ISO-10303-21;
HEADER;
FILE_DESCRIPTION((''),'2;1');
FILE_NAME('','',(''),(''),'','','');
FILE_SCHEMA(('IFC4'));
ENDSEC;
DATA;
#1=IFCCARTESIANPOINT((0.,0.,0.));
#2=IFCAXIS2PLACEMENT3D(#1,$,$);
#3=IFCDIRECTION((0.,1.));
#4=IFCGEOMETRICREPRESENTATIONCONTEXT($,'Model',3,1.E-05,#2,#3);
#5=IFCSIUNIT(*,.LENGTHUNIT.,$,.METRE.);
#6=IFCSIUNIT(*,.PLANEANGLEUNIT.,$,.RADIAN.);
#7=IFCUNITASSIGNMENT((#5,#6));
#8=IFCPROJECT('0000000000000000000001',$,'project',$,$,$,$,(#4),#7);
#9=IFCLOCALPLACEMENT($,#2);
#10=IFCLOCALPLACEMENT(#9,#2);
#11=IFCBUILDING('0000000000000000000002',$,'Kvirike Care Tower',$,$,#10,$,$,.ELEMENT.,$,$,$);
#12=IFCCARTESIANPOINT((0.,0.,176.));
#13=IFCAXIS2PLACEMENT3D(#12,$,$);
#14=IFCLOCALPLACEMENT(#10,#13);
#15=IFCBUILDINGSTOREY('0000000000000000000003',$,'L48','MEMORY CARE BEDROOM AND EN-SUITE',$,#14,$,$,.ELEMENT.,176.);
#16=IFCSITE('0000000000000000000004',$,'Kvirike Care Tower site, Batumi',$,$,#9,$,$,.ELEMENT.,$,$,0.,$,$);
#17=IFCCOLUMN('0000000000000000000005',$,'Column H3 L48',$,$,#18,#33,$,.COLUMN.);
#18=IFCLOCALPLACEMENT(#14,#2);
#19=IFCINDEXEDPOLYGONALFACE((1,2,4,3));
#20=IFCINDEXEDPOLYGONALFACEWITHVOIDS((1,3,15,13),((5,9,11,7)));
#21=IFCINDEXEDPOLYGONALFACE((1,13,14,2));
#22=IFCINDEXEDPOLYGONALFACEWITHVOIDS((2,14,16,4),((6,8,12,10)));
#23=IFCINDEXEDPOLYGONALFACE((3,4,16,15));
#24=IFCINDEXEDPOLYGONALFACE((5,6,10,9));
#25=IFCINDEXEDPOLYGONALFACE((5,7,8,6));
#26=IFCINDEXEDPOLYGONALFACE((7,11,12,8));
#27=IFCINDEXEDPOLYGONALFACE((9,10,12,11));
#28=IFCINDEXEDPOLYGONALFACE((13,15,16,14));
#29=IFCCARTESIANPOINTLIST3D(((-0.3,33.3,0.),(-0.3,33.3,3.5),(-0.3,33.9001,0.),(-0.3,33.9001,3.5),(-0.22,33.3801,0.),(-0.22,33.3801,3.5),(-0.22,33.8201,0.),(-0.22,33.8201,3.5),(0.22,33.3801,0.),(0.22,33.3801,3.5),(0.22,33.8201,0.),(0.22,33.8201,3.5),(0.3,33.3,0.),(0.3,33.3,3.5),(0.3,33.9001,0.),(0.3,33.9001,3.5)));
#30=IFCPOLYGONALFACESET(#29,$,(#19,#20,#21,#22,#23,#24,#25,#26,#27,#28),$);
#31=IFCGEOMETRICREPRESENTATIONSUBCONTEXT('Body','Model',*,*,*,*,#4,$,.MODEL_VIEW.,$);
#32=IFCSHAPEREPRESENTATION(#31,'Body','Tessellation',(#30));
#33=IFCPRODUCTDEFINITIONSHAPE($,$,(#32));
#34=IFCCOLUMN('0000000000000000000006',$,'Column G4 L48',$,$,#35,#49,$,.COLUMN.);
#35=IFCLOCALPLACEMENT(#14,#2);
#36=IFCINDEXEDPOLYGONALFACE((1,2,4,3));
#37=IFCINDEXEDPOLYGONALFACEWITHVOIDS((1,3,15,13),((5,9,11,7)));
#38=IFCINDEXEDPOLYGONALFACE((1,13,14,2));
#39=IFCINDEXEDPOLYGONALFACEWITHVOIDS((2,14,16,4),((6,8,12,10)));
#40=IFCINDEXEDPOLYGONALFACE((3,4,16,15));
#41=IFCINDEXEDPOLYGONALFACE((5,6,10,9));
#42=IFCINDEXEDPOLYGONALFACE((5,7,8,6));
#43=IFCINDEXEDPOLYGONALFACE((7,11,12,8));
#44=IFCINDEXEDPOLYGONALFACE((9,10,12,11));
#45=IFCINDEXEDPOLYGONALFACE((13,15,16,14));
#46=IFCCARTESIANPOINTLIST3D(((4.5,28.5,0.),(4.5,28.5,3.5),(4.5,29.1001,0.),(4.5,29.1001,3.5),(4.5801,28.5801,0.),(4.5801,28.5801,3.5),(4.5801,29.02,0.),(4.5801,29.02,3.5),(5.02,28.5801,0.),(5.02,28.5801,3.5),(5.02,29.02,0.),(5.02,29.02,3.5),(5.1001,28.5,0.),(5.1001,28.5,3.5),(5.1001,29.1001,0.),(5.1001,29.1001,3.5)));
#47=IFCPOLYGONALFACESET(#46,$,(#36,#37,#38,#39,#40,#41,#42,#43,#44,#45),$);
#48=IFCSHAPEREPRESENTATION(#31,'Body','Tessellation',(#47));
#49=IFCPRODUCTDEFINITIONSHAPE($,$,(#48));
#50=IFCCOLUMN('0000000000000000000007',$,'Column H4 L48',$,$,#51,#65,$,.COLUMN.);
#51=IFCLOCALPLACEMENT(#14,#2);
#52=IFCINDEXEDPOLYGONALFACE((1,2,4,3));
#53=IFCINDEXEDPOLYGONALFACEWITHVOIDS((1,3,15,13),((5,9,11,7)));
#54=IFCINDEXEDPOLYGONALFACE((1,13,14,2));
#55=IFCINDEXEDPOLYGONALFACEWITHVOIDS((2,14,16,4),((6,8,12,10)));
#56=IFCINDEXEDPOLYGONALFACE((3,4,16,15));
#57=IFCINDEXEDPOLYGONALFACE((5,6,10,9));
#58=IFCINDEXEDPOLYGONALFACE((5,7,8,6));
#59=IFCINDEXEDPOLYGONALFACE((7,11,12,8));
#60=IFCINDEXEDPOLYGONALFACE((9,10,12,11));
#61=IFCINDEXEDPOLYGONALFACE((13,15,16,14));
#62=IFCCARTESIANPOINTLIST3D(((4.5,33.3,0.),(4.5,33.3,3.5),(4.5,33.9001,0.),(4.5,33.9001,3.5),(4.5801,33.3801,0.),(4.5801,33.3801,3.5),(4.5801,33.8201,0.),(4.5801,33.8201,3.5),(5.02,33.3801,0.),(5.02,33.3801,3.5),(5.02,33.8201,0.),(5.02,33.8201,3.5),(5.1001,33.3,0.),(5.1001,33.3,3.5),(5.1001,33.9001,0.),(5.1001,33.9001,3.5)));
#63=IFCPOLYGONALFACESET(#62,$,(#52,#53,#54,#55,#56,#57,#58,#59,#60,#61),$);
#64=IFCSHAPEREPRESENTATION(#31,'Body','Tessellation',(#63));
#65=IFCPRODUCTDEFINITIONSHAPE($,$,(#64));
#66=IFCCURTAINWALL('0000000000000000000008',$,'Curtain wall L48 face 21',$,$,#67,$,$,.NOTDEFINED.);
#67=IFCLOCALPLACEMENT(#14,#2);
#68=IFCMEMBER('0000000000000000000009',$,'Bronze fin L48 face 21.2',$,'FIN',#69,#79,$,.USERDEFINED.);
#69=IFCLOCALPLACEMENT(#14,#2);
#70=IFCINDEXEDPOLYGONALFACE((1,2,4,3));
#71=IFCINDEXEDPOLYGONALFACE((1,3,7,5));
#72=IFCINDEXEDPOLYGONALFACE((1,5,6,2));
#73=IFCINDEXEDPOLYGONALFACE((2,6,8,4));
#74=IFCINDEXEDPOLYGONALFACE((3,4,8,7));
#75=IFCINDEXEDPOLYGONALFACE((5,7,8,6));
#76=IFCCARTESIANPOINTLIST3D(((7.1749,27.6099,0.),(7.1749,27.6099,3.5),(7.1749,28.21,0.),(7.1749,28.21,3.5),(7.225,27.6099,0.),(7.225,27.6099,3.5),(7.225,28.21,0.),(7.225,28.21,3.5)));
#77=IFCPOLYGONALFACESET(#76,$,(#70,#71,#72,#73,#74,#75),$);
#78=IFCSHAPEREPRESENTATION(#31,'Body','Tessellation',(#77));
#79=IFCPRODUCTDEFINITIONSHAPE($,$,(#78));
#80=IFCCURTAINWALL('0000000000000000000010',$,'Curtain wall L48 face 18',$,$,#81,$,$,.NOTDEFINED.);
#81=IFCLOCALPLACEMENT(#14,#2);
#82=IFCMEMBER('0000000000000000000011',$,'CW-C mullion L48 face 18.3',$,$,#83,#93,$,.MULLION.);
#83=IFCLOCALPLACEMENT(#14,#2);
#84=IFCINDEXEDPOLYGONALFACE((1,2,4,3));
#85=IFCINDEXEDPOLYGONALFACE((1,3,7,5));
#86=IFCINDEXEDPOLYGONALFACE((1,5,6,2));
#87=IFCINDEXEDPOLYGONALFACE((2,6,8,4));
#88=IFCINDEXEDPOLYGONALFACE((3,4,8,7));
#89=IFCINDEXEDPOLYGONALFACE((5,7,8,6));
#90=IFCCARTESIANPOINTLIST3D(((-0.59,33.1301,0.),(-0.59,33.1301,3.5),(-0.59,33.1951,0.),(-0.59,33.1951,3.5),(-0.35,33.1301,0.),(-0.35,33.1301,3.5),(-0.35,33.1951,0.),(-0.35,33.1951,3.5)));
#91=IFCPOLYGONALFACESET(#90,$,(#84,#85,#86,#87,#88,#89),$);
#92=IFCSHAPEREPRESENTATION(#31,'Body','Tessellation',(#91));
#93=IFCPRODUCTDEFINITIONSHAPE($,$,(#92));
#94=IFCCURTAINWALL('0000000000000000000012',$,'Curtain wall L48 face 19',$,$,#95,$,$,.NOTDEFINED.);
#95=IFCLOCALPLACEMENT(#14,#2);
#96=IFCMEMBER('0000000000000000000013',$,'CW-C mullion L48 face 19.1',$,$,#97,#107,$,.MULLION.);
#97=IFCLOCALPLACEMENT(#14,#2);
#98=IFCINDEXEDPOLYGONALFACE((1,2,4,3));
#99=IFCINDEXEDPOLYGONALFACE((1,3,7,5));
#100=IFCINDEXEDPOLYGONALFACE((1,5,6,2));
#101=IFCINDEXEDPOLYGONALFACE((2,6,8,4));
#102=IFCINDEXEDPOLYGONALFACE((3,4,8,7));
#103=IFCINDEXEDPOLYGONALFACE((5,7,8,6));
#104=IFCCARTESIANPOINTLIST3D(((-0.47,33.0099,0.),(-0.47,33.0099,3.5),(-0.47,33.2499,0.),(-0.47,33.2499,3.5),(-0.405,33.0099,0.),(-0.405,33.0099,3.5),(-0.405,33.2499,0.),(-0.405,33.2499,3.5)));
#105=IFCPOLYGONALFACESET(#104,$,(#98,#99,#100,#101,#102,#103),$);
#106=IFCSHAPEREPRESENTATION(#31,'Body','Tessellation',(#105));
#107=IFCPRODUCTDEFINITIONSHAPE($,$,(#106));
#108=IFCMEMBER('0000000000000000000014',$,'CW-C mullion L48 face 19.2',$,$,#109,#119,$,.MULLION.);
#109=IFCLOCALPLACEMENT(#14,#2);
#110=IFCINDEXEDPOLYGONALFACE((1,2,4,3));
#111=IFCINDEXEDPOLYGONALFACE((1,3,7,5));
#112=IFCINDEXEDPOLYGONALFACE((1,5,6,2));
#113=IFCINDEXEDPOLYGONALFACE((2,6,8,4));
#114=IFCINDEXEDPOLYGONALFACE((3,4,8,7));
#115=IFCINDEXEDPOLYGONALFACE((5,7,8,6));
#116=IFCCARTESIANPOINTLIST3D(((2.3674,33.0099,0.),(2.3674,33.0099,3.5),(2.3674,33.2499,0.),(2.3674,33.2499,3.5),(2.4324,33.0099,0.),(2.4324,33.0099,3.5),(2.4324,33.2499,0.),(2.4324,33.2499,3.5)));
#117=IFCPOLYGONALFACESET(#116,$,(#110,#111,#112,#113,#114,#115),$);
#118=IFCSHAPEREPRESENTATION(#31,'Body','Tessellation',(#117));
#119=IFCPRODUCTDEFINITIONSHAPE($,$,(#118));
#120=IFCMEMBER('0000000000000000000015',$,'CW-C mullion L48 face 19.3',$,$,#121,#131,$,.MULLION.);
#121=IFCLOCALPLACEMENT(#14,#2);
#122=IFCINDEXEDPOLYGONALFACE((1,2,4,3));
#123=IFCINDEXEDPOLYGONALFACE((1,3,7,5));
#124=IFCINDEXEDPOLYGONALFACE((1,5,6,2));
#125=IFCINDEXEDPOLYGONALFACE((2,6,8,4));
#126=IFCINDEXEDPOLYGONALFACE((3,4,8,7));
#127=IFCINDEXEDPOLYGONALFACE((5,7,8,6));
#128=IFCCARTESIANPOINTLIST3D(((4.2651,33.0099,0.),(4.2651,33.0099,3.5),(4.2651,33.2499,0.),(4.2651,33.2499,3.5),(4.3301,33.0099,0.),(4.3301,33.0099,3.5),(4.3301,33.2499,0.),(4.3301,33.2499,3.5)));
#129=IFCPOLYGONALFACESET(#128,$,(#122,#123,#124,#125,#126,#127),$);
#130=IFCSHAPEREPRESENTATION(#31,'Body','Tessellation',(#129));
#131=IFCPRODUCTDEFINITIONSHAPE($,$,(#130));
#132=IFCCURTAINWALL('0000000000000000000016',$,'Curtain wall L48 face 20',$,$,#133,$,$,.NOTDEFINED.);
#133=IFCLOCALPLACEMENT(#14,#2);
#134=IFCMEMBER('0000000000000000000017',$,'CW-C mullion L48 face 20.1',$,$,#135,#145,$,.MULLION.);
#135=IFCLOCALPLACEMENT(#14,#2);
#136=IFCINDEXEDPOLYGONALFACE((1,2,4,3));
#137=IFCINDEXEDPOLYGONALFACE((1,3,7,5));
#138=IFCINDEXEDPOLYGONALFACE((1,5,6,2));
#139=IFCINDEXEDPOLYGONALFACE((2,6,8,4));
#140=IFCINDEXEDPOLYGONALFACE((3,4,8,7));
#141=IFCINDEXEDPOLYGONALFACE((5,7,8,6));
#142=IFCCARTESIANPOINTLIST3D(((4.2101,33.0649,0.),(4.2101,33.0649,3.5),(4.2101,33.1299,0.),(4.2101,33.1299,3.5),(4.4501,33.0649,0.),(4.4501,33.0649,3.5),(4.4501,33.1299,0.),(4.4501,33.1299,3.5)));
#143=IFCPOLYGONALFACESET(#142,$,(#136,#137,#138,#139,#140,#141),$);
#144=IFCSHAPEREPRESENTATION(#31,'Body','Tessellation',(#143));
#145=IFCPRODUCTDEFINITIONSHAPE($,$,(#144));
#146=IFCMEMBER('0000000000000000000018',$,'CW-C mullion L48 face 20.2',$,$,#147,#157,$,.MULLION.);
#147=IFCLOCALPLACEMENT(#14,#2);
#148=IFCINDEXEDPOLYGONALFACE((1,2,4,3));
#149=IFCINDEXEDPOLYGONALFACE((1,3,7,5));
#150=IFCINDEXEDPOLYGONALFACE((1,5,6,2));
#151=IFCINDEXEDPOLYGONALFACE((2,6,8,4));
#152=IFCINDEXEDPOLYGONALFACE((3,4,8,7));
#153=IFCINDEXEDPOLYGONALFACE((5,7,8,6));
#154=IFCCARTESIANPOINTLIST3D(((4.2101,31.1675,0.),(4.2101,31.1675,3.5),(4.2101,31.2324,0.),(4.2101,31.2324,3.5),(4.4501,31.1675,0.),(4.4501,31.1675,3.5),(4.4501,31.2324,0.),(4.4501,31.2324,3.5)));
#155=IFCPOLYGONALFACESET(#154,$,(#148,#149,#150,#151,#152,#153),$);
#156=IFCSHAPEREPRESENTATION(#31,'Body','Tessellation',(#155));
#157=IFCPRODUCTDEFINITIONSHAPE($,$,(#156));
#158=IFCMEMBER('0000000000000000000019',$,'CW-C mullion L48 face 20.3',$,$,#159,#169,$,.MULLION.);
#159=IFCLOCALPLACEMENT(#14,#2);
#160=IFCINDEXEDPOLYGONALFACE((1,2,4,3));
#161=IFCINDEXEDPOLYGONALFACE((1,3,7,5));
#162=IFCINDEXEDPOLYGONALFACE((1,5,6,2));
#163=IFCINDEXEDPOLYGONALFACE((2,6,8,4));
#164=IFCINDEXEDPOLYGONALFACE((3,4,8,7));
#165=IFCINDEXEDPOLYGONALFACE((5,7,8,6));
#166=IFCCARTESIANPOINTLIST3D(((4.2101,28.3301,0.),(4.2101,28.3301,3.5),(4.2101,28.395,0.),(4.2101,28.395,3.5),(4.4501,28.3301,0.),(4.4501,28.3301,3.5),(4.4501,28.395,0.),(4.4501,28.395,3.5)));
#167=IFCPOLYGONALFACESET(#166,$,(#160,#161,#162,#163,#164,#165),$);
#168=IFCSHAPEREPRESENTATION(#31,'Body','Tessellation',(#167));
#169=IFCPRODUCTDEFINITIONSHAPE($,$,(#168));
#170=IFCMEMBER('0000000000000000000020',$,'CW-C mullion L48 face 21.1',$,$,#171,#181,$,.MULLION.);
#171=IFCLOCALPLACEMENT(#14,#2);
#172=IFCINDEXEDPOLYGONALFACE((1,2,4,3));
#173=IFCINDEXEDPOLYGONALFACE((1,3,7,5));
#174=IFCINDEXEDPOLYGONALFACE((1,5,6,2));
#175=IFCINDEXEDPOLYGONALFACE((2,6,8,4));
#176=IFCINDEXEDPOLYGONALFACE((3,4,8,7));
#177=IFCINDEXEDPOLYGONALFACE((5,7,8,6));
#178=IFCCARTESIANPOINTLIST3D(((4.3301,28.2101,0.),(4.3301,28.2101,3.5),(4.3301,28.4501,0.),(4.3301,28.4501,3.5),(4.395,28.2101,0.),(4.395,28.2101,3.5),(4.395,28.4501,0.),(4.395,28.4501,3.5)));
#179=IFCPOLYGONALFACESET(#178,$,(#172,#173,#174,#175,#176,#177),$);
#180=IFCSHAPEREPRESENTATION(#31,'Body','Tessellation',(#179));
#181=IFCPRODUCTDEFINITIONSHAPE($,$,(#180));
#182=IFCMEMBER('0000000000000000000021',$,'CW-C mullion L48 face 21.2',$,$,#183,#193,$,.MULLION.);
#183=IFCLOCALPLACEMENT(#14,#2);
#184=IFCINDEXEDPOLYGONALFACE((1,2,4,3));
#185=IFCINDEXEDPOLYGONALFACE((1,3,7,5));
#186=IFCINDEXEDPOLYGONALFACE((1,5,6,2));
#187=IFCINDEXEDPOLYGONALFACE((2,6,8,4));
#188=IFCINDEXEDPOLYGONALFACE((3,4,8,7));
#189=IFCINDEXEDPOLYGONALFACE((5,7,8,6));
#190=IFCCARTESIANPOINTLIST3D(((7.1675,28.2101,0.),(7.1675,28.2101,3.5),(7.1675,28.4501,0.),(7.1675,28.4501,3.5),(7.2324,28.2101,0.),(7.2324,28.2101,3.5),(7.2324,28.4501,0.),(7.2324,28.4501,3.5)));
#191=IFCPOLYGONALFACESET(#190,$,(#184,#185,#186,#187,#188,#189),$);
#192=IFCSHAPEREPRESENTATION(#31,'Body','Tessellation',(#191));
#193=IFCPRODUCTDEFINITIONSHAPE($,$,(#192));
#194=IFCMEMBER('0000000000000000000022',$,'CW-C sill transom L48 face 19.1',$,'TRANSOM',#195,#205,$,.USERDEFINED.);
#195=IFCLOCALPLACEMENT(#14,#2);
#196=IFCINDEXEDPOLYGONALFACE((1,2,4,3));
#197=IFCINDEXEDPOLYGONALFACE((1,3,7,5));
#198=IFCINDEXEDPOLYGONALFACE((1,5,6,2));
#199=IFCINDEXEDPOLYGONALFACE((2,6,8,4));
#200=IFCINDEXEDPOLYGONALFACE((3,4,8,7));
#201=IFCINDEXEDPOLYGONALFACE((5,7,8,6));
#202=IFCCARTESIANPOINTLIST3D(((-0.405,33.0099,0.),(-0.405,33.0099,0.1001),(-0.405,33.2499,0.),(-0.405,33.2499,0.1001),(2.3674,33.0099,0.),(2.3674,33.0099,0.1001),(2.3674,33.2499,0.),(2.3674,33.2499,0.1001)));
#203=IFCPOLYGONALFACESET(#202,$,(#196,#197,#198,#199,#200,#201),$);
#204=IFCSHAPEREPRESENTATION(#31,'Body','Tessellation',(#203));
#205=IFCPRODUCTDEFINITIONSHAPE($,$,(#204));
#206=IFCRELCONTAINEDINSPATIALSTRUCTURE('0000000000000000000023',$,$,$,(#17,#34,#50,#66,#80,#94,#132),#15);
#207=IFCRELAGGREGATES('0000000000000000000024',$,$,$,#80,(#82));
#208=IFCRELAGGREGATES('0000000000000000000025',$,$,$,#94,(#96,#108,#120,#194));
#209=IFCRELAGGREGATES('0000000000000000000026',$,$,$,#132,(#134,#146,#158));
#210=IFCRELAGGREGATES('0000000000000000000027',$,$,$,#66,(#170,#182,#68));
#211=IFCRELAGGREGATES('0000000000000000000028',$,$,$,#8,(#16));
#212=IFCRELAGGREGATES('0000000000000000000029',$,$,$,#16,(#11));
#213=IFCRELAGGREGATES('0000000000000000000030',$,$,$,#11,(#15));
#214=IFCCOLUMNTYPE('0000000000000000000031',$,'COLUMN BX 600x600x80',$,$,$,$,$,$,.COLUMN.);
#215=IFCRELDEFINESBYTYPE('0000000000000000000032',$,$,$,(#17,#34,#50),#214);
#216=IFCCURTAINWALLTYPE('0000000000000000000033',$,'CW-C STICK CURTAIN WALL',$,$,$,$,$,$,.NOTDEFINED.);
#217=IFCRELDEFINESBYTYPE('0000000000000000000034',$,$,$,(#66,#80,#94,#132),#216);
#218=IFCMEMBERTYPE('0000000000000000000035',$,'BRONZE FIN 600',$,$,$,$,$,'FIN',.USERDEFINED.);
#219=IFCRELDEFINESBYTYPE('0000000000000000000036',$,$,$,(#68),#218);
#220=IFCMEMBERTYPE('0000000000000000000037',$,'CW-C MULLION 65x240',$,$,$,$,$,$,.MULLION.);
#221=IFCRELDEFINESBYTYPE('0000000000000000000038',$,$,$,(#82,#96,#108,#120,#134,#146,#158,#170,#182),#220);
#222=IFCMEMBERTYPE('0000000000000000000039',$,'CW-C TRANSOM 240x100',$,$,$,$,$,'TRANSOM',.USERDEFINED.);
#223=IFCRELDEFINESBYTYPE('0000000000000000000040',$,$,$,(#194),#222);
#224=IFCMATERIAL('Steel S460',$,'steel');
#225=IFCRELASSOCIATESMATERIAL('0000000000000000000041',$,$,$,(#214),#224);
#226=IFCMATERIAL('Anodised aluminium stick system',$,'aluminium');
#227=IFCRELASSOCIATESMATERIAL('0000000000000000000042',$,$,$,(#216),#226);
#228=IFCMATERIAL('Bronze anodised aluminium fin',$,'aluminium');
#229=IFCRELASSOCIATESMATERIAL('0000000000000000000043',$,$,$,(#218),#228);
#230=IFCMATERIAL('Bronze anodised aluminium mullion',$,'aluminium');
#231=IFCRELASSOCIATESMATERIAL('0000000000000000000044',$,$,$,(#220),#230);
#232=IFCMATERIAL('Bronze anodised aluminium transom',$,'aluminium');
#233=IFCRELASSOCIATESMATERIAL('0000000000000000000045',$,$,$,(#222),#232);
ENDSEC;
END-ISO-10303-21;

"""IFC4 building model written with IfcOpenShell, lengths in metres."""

from ifc_helpers import new_model, si_unit, direction, frame, origin, origin_2d, place, context, subcontext, project, spatial, rectangle, hollow_rectangle, extrude, material, material_profile, profile_set, type_object, element, aggregate, save


model = new_model("IFC4")

# Units and contexts
model_context = context("Model", 3, precision=1e-05, world=origin(), true_north=direction((0.0, 1.0)))
body_context = subcontext(model_context, "Body", "Model", "MODEL_VIEW")
ifc_project = project(units=[si_unit("LENGTHUNIT", "METRE"), si_unit("PLANEANGLEUNIT", "RADIAN")], contexts=[model_context])

# Site, building, storey
site_placement = place(None, origin())
site = spatial("IfcSite", under=ifc_project, at=site_placement, Name="Kvirike Care Tower site, Batumi", CompositionType="ELEMENT", RefElevation=0.0)
building_placement = place(site_placement, origin())
building = spatial("IfcBuilding", under=site, at=building_placement, Name="Kvirike Care Tower", CompositionType="ELEMENT")
storey_placement = place(building_placement, frame((0.0, 0.0, 176.0)))
storey = spatial("IfcBuildingStorey", under=building, at=storey_placement, Name="L48", Description="MEMORY CARE BEDROOM AND EN-SUITE", CompositionType="ELEMENT", Elevation=176.0)

# Columns
ifc_material_1 = material(Name="Steel S460", Category="steel")
ifc_material_profile_1 = material_profile(ifc_material_1, hollow_rectangle(XDim=0.6001, YDim=0.6001, WallThickness=0.0801, at=origin_2d()), Name="BX 600x600x80")
ifc_profile_set_1 = profile_set([ifc_material_profile_1], Name="Steel S460")
column_type = type_object("IfcColumnType", Name="COLUMN BX 600x600x80", PredefinedType="COLUMN", material=ifc_profile_set_1)
for number, where, z_axis, x_axis, name in (
    (1, (0.0, 33.6001, 0.0), (0.0, 0.0, 1.0), (0.0, 1.0, 0.0), "Column H3 L48"),
    (2, (4.8, 28.8, 0.0), (0.0, 0.0, 1.0), (0.0, 1.0, 0.0), "Column G4 L48"),
    (3, (4.8, 33.6001, 0.0), (0.0, 0.0, 1.0), (0.0, 1.0, 0.0), "Column H4 L48"),
):
    element("IfcColumn", number, at=place(storey_placement, frame(where, z_axis=z_axis, x_axis=x_axis)), inside=storey, type_object=column_type, Name=name, PredefinedType="COLUMN", context=body_context, shape_type="SweptSolid", body=[
        extrude(hollow_rectangle(XDim=0.6001, YDim=0.6001, WallThickness=0.0801, at=origin_2d()), origin(), (0.0, 0.0, 1.0), 3.5),
    ])

# Curtain walls, members
ifc_material_2 = material(Name="Anodised aluminium stick system", Category="aluminium")
curtain_wall_type = type_object("IfcCurtainWallType", Name="CW-C STICK CURTAIN WALL", PredefinedType="NOTDEFINED", material=ifc_material_2)
curtain_wall_1_placement = place(storey_placement, origin())
curtain_wall_1 = element("IfcCurtainWall", 4, at=curtain_wall_1_placement, inside=storey, type_object=curtain_wall_type, Name="Curtain wall L48 face 21", PredefinedType="NOTDEFINED")
ifc_material_3 = material(Name="Bronze anodised aluminium fin", Category="aluminium")
ifc_material_profile_2 = material_profile(ifc_material_3, rectangle(XDim=0.05, YDim=0.6001, at=origin_2d()), Name="BRONZE FIN 600")
ifc_profile_set_2 = profile_set([ifc_material_profile_2], Name="Bronze anodised aluminium fin")
member_type_1 = type_object("IfcMemberType", Name="BRONZE FIN 600", ElementType="FIN", PredefinedType="USERDEFINED", material=ifc_profile_set_2)
member_1_placement = place(storey_placement, frame((7.2, 27.9099, 0.0), z_axis=(0.0, 0.0, 1.0), x_axis=(1.0, 0.0, 0.0)))
member_1 = element("IfcMember", 5, at=member_1_placement, type_object=member_type_1, Name="Bronze fin L48 face 21.2", ObjectType="FIN", PredefinedType="USERDEFINED", context=body_context, shape_type="SweptSolid", body=[
    extrude(rectangle(XDim=0.05, YDim=0.6001, at=origin_2d()), origin(), (0.0, 0.0, 1.0), 3.5),
])
curtain_wall_2_placement = place(storey_placement, origin())
curtain_wall_2 = element("IfcCurtainWall", 6, at=curtain_wall_2_placement, inside=storey, type_object=curtain_wall_type, Name="Curtain wall L48 face 18", PredefinedType="NOTDEFINED")
ifc_material_4 = material(Name="Bronze anodised aluminium mullion", Category="aluminium")
ifc_material_profile_3 = material_profile(ifc_material_4, rectangle(XDim=0.0649, YDim=0.24, at=origin_2d()), Name="CW-C MULLION 65x240")
ifc_profile_set_3 = profile_set([ifc_material_profile_3], Name="Bronze anodised aluminium mullion")
member_type_2 = type_object("IfcMemberType", Name="CW-C MULLION 65x240", PredefinedType="MULLION", material=ifc_profile_set_3)
member_2_placement = place(storey_placement, frame((-0.47, 33.1626, 0.0), z_axis=(0.0, 0.0, 1.0), x_axis=(0.0, -1.0, 0.0)))
member_2 = element("IfcMember", 7, at=member_2_placement, type_object=member_type_2, Name="CW-C mullion L48 face 18.3", PredefinedType="MULLION", context=body_context, shape_type="SweptSolid", body=[
    extrude(rectangle(XDim=0.0649, YDim=0.24, at=origin_2d()), origin(), (0.0, 0.0, 1.0), 3.5),
])
aggregate(curtain_wall_2, [member_2])

# Curtain walls, members
curtain_wall_3_placement = place(storey_placement, origin())
curtain_wall_3 = element("IfcCurtainWall", 8, at=curtain_wall_3_placement, inside=storey, type_object=curtain_wall_type, Name="Curtain wall L48 face 19", PredefinedType="NOTDEFINED")
member_3_placement = place(storey_placement, frame((-0.4375, 33.1299, 0.0), z_axis=(0.0, 0.0, 1.0), x_axis=(1.0, 0.0, 0.0)))
member_3 = element("IfcMember", 9, at=member_3_placement, type_object=member_type_2, Name="CW-C mullion L48 face 19.1", PredefinedType="MULLION", context=body_context, shape_type="SweptSolid", body=[
    extrude(rectangle(XDim=0.0649, YDim=0.24, at=origin_2d()), origin(), (0.0, 0.0, 1.0), 3.5),
])
member_4_placement = place(storey_placement, frame((2.3999, 33.1299, 0.0), z_axis=(0.0, 0.0, 1.0), x_axis=(1.0, 0.0, 0.0)))
member_4 = element("IfcMember", 10, at=member_4_placement, type_object=member_type_2, Name="CW-C mullion L48 face 19.2", PredefinedType="MULLION", context=body_context, shape_type="SweptSolid", body=[
    extrude(rectangle(XDim=0.0649, YDim=0.24, at=origin_2d()), origin(), (0.0, 0.0, 1.0), 3.5),
])
member_5_placement = place(storey_placement, frame((4.2976, 33.1299, 0.0), z_axis=(0.0, 0.0, 1.0), x_axis=(1.0, 0.0, 0.0)))
member_5 = element("IfcMember", 11, at=member_5_placement, type_object=member_type_2, Name="CW-C mullion L48 face 19.3", PredefinedType="MULLION", context=body_context, shape_type="SweptSolid", body=[
    extrude(rectangle(XDim=0.0649, YDim=0.24, at=origin_2d()), origin(), (0.0, 0.0, 1.0), 3.5),
])
curtain_wall_4_placement = place(storey_placement, origin())
curtain_wall_4 = element("IfcCurtainWall", 12, at=curtain_wall_4_placement, inside=storey, type_object=curtain_wall_type, Name="Curtain wall L48 face 20", PredefinedType="NOTDEFINED")
member_6_placement = place(storey_placement, frame((4.3301, 33.0974, 0.0), z_axis=(0.0, 0.0, 1.0), x_axis=(0.0, -1.0, 0.0)))
member_6 = element("IfcMember", 13, at=member_6_placement, type_object=member_type_2, Name="CW-C mullion L48 face 20.1", PredefinedType="MULLION", context=body_context, shape_type="SweptSolid", body=[
    extrude(rectangle(XDim=0.0649, YDim=0.24, at=origin_2d()), origin(), (0.0, 0.0, 1.0), 3.5),
])
member_7_placement = place(storey_placement, frame((4.3301, 31.2, 0.0), z_axis=(0.0, 0.0, 1.0), x_axis=(0.0, -1.0, 0.0)))
member_7 = element("IfcMember", 14, at=member_7_placement, type_object=member_type_2, Name="CW-C mullion L48 face 20.2", PredefinedType="MULLION", context=body_context, shape_type="SweptSolid", body=[
    extrude(rectangle(XDim=0.0649, YDim=0.24, at=origin_2d()), origin(), (0.0, 0.0, 1.0), 3.5),
])
member_8_placement = place(storey_placement, frame((4.3301, 28.3625, 0.0), z_axis=(0.0, 0.0, 1.0), x_axis=(0.0, -1.0, 0.0)))
member_8 = element("IfcMember", 15, at=member_8_placement, type_object=member_type_2, Name="CW-C mullion L48 face 20.3", PredefinedType="MULLION", context=body_context, shape_type="SweptSolid", body=[
    extrude(rectangle(XDim=0.0649, YDim=0.24, at=origin_2d()), origin(), (0.0, 0.0, 1.0), 3.5),
])

# Members
member_9_placement = place(storey_placement, frame((4.3625, 28.3301, 0.0), z_axis=(0.0, 0.0, 1.0), x_axis=(1.0, 0.0, 0.0)))
member_9 = element("IfcMember", 16, at=member_9_placement, type_object=member_type_2, Name="CW-C mullion L48 face 21.1", PredefinedType="MULLION", context=body_context, shape_type="SweptSolid", body=[
    extrude(rectangle(XDim=0.0649, YDim=0.24, at=origin_2d()), origin(), (0.0, 0.0, 1.0), 3.5),
])
member_10_placement = place(storey_placement, frame((7.2, 28.3301, 0.0), z_axis=(0.0, 0.0, 1.0), x_axis=(1.0, 0.0, 0.0)))
member_10 = element("IfcMember", 17, at=member_10_placement, type_object=member_type_2, Name="CW-C mullion L48 face 21.2", PredefinedType="MULLION", context=body_context, shape_type="SweptSolid", body=[
    extrude(rectangle(XDim=0.0649, YDim=0.24, at=origin_2d()), origin(), (0.0, 0.0, 1.0), 3.5),
])
ifc_material_5 = material(Name="Bronze anodised aluminium transom", Category="aluminium")
ifc_material_profile_4 = material_profile(ifc_material_5, rectangle(XDim=0.24, YDim=0.1001, at=origin_2d()), Name="CW-C TRANSOM 240x100")
ifc_profile_set_4 = profile_set([ifc_material_profile_4], Name="Bronze anodised aluminium transom")
member_type_3 = type_object("IfcMemberType", Name="CW-C TRANSOM 240x100", ElementType="TRANSOM", PredefinedType="USERDEFINED", material=ifc_profile_set_4)
member_11_placement = place(storey_placement, frame((-0.405, 33.1299, 0.05), z_axis=(1.0, 0.0, 0.0), x_axis=(0.0, 1.0, 0.0)))
member_11 = element("IfcMember", 18, at=member_11_placement, type_object=member_type_3, Name="CW-C sill transom L48 face 19.1", ObjectType="TRANSOM", PredefinedType="USERDEFINED", context=body_context, shape_type="SweptSolid", body=[
    extrude(rectangle(XDim=0.24, YDim=0.1001, at=origin_2d()), origin(), (0.0, 0.0, 1.0), 2.7725),
])

aggregate(curtain_wall_3, [member_3, member_4, member_5, member_11])
aggregate(curtain_wall_4, [member_6, member_7, member_8])
aggregate(curtain_wall_1, [member_9, member_10, member_1])

save(model, "model.ifc")
